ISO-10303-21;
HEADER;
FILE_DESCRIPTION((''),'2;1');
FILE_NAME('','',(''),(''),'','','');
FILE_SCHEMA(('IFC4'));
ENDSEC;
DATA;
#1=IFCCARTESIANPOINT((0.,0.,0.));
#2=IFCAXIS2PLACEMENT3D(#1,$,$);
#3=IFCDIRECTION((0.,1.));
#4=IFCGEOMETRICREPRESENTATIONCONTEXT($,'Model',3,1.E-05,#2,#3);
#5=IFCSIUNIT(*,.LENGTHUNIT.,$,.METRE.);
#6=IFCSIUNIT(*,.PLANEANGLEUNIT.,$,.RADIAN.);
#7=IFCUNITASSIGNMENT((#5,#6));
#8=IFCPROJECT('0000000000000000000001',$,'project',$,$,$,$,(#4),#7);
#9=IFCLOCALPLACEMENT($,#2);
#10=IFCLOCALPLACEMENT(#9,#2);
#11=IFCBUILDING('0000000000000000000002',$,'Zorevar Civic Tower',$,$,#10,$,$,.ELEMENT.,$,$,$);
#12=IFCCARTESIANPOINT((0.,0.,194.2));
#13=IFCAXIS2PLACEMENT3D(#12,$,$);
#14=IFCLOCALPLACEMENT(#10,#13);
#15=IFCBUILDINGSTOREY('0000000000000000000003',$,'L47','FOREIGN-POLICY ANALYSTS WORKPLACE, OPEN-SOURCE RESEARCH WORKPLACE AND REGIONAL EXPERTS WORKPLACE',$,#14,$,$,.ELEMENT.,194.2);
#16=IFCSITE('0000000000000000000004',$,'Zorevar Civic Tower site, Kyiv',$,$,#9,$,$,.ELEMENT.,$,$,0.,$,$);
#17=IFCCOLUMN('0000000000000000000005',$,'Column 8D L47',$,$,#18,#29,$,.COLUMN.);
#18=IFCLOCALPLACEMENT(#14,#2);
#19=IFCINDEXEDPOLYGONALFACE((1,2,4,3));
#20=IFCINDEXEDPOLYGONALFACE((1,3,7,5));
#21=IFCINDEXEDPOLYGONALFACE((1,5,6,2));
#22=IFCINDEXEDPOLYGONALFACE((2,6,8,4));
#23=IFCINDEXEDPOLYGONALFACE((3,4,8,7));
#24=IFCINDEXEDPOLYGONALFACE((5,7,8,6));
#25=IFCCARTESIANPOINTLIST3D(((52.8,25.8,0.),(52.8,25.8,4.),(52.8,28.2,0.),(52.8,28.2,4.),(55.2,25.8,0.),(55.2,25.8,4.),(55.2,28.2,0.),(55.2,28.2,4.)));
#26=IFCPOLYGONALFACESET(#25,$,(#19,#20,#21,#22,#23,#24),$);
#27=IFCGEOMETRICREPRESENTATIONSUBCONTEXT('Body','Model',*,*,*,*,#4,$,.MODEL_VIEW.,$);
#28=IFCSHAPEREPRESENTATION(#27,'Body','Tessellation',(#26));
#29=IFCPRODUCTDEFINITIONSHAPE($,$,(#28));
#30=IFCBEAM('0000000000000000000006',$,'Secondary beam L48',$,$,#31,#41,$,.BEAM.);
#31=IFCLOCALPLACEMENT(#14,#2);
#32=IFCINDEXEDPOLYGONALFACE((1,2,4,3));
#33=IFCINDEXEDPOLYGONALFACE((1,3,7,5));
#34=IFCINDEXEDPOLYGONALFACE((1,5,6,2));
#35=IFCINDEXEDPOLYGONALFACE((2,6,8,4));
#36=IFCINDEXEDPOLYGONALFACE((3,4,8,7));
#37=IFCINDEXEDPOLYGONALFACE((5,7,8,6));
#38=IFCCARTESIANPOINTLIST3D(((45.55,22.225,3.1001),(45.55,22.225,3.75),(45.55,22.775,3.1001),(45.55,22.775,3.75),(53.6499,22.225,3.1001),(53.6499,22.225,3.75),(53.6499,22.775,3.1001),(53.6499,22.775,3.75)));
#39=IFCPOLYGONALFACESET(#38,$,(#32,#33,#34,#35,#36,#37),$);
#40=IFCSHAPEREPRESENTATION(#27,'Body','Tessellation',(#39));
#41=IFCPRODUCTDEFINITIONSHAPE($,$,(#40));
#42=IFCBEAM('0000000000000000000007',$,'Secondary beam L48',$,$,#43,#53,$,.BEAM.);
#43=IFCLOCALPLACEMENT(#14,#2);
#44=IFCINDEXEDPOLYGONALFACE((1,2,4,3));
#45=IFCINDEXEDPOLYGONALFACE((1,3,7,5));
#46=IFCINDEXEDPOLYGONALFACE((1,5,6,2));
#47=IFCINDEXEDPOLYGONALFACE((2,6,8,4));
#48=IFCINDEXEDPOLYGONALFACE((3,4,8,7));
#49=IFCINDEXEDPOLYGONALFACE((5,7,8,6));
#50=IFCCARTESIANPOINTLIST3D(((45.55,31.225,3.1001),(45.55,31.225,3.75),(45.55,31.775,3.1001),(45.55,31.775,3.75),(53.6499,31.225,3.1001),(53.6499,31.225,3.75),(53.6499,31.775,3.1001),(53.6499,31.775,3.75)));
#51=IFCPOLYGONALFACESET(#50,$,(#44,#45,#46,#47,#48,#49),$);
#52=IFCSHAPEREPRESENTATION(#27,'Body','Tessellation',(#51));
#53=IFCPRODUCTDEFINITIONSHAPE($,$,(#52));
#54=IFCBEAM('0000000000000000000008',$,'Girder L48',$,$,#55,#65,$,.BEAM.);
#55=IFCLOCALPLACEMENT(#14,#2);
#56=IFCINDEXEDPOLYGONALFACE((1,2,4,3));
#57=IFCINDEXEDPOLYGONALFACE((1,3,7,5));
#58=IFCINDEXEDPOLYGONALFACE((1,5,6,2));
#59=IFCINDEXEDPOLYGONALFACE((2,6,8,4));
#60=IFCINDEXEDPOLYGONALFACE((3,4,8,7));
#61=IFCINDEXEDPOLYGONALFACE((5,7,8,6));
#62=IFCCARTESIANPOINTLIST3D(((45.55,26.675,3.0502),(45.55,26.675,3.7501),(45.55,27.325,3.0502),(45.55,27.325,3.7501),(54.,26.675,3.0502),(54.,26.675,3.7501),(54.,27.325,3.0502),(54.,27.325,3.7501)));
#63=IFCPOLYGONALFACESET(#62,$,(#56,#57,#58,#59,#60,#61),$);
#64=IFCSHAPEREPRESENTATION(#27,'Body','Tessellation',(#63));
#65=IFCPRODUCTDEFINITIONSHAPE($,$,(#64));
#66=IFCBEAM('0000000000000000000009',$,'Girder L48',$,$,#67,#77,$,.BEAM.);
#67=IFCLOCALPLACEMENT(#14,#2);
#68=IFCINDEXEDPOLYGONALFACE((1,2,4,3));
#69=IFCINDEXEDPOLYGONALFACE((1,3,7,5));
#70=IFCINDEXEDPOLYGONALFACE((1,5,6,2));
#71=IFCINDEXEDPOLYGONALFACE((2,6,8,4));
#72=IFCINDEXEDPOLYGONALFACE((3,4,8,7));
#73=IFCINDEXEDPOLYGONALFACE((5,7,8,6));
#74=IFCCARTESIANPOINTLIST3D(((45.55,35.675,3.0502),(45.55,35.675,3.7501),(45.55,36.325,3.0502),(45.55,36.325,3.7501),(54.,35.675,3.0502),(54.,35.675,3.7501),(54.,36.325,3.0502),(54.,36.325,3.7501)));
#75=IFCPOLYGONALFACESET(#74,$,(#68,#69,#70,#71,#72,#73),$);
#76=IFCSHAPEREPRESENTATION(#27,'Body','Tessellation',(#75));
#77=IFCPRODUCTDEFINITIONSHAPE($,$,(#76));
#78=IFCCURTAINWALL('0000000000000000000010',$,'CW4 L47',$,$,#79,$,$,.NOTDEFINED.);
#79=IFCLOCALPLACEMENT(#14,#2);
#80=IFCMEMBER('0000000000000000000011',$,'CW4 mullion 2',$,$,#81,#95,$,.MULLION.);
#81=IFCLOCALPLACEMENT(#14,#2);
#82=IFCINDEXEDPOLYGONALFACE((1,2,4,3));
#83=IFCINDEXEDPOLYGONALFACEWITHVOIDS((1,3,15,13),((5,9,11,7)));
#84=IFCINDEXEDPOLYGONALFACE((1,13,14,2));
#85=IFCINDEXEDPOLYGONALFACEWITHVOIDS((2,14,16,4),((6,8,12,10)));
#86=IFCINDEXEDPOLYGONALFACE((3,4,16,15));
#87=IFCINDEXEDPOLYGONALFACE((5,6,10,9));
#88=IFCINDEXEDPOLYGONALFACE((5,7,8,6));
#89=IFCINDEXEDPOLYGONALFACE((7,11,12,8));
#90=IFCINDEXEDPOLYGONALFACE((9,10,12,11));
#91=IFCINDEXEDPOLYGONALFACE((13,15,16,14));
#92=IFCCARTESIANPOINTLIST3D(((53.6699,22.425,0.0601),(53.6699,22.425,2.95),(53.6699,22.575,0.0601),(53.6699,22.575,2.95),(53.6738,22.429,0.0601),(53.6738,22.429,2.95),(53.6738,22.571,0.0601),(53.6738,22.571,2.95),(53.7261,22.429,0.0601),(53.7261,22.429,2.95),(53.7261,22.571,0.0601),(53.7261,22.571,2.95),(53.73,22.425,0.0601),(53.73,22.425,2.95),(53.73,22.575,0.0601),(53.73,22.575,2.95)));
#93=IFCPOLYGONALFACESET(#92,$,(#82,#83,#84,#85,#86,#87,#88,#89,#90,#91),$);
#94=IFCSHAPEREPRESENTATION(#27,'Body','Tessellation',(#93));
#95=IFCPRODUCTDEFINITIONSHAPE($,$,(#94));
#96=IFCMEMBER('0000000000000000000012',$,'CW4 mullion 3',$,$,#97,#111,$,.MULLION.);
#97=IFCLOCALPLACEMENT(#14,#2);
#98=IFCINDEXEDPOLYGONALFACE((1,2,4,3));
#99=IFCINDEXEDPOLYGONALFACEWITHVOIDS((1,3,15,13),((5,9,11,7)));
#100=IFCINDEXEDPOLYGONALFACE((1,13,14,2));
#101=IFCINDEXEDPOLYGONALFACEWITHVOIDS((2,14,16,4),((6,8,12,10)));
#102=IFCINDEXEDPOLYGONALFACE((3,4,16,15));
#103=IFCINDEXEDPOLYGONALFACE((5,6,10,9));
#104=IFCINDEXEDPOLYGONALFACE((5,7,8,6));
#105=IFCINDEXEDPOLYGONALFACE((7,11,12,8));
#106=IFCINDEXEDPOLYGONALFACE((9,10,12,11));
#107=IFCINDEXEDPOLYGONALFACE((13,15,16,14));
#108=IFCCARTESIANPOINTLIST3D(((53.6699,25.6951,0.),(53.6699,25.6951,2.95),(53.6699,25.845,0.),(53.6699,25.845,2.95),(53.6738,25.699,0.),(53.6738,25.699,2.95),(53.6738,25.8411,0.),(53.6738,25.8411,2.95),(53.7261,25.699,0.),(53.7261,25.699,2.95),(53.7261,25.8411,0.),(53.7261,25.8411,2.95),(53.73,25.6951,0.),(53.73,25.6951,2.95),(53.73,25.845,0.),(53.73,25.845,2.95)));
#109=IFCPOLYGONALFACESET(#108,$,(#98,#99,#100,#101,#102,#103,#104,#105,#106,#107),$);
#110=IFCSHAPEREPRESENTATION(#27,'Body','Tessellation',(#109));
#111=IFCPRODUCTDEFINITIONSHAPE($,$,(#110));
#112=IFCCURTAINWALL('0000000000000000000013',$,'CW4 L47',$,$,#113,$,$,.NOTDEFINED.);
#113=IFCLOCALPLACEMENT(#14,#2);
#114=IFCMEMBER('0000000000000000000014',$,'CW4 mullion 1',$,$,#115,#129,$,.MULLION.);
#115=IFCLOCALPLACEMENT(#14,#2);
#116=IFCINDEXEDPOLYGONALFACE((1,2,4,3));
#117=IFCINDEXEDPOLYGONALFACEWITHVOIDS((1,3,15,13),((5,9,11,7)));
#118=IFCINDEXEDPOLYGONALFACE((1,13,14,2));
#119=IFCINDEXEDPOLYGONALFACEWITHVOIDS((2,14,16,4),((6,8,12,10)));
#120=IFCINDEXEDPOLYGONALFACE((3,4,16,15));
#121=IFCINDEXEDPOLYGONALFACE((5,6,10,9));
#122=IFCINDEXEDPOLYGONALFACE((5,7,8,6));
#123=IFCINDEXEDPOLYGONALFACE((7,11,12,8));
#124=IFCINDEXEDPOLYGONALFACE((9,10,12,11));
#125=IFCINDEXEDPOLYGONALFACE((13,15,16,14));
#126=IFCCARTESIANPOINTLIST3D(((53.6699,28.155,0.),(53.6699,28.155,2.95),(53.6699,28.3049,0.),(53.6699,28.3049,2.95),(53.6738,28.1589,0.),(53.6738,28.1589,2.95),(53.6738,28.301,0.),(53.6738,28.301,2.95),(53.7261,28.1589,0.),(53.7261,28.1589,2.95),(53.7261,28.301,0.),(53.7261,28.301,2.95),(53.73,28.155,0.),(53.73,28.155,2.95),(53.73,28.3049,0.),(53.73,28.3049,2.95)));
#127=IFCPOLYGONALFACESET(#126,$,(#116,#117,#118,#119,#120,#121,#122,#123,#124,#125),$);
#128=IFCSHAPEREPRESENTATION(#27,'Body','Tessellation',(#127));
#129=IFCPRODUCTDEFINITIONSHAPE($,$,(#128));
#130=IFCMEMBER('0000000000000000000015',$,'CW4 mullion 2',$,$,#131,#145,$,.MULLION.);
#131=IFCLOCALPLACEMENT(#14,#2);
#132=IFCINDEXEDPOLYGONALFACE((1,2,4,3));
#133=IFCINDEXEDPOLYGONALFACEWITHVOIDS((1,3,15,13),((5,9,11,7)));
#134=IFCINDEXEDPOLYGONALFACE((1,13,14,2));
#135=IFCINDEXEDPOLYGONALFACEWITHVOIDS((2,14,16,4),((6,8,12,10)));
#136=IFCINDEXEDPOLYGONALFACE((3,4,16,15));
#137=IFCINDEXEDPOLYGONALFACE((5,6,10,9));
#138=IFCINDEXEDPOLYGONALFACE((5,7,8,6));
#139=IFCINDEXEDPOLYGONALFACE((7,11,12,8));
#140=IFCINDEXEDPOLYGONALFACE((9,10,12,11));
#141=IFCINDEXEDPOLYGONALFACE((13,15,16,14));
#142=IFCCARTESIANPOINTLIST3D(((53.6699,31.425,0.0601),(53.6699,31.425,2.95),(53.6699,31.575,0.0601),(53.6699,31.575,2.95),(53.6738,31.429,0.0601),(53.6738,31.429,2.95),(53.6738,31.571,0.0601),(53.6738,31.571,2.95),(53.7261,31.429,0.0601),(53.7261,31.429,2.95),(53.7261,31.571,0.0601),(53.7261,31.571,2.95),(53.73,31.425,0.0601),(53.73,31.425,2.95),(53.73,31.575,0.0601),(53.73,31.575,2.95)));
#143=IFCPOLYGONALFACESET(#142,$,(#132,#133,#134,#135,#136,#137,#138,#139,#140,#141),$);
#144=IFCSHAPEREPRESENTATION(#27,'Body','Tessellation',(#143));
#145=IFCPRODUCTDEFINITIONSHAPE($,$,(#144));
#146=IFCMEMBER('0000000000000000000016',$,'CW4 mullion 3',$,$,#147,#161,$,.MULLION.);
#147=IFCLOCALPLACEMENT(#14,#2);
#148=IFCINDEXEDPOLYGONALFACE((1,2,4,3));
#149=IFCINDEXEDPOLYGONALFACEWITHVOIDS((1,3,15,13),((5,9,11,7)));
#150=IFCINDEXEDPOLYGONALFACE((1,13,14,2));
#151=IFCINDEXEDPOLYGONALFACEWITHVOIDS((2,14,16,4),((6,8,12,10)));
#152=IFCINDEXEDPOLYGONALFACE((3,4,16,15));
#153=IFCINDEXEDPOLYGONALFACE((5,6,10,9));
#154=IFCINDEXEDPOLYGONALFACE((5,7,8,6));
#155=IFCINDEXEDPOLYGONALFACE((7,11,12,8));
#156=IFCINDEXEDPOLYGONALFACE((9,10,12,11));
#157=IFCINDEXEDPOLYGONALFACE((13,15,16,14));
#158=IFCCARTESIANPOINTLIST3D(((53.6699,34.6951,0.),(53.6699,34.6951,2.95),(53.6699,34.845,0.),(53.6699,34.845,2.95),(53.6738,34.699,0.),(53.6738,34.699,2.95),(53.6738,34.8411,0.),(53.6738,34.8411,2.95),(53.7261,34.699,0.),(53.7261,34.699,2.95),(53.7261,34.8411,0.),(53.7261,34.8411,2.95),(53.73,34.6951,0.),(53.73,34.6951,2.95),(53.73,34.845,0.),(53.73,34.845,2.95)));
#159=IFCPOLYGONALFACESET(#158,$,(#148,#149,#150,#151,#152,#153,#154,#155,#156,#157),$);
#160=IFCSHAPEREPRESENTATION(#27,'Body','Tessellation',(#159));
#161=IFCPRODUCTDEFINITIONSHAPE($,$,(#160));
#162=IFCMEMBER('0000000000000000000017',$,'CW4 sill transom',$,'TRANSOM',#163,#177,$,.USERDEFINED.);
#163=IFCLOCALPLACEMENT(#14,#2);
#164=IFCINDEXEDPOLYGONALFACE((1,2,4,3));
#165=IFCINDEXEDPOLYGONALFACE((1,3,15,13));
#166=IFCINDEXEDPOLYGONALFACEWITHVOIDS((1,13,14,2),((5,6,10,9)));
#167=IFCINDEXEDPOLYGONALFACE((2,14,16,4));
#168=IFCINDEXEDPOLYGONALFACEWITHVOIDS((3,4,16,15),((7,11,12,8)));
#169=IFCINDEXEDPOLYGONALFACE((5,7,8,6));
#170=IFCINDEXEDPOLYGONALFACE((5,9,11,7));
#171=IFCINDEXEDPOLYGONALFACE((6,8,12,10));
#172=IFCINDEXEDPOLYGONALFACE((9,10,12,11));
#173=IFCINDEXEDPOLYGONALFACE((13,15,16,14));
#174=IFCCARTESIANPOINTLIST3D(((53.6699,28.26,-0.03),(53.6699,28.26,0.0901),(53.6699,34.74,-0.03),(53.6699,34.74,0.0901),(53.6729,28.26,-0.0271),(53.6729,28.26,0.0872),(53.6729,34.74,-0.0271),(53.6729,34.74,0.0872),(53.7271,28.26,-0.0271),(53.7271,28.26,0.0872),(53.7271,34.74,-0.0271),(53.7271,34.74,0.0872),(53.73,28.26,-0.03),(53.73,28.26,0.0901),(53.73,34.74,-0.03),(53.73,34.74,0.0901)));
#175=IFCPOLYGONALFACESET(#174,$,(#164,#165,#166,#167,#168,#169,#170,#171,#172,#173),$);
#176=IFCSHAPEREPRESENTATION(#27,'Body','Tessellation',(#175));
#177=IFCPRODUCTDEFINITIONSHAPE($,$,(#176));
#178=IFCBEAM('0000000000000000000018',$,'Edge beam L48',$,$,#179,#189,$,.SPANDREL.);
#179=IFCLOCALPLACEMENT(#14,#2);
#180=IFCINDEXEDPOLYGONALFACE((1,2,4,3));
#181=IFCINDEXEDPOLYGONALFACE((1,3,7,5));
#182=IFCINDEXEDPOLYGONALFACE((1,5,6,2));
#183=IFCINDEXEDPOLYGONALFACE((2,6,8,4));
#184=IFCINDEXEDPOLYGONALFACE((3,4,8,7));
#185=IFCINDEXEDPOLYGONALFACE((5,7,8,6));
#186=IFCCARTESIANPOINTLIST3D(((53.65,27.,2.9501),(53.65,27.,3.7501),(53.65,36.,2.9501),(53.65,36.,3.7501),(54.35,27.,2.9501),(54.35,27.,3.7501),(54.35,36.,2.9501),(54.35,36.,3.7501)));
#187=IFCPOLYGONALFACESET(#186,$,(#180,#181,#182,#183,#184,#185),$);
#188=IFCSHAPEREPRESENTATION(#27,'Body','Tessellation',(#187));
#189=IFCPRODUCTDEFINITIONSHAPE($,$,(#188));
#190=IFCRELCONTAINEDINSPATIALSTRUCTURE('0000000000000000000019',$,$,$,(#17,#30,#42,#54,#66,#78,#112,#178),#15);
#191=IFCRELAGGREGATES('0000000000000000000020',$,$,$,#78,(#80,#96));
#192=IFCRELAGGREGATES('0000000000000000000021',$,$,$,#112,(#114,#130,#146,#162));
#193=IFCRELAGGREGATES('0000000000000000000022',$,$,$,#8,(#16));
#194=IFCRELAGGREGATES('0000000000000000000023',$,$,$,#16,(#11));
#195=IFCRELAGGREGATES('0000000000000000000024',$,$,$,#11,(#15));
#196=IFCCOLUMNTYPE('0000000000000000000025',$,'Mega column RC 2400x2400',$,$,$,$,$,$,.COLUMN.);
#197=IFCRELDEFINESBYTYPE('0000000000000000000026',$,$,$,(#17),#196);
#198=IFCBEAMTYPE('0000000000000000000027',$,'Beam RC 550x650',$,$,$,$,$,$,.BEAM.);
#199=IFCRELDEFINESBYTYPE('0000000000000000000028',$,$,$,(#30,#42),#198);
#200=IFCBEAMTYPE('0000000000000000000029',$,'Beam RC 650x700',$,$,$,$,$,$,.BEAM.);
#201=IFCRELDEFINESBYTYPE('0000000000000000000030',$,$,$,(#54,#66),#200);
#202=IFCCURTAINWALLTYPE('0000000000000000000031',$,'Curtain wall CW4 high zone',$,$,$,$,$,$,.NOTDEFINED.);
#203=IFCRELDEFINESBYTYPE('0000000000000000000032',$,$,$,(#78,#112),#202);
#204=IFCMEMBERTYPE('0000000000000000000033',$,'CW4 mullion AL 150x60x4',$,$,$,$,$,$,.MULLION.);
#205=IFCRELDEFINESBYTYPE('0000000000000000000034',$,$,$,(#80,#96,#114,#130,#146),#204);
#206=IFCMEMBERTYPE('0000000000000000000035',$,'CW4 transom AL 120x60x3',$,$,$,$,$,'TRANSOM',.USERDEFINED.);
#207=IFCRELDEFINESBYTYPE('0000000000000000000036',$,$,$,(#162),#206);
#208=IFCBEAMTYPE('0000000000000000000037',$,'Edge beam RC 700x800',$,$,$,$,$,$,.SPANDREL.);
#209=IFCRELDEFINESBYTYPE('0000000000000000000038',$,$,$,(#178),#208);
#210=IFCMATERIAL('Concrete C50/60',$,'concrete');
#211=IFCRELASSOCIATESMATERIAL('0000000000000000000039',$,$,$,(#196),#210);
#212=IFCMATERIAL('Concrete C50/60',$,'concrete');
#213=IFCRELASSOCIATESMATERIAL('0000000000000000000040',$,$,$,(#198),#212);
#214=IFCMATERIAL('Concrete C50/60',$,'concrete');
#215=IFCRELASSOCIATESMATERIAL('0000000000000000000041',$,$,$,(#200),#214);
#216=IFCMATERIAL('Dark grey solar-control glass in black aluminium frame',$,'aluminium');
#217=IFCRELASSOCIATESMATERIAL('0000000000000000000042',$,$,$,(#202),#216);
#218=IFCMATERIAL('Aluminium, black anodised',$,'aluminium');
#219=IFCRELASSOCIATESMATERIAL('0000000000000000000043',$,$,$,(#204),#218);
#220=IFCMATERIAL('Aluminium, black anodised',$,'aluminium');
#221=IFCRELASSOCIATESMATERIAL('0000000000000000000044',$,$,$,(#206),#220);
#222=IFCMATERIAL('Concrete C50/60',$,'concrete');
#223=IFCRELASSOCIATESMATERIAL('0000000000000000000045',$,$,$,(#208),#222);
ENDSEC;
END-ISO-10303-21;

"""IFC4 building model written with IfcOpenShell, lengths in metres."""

from ifc_helpers import new_model, si_unit, direction, frame, origin, origin_2d, place, context, subcontext, project, spatial, rectangle, hollow_rectangle, extrude, material, material_profile, profile_set, type_object, element, aggregate, save


model = new_model("IFC4")

# Units and contexts
model_context = context("Model", 3, precision=1e-05, world=origin(), true_north=direction((0.0, 1.0)))
body_context = subcontext(model_context, "Body", "Model", "MODEL_VIEW")
ifc_project = project(units=[si_unit("LENGTHUNIT", "METRE"), si_unit("PLANEANGLEUNIT", "RADIAN")], contexts=[model_context])

# Site, building, storey
site_placement = place(None, origin())
site = spatial("IfcSite", under=ifc_project, at=site_placement, Name="Zorevar Civic Tower site, Kyiv", CompositionType="ELEMENT", RefElevation=0.0)
building_placement = place(site_placement, origin())
building = spatial("IfcBuilding", under=site, at=building_placement, Name="Zorevar Civic Tower", CompositionType="ELEMENT")
storey_placement = place(building_placement, frame((0.0, 0.0, 194.2)))
storey = spatial("IfcBuildingStorey", under=building, at=storey_placement, Name="L47", Description="FOREIGN-POLICY ANALYSTS WORKPLACE, OPEN-SOURCE RESEARCH WORKPLACE AND REGIONAL EXPERTS WORKPLACE", CompositionType="ELEMENT", Elevation=194.2)

# Column
ifc_material_1 = material(Name="Concrete C50/60", Category="concrete")
ifc_material_profile_1 = material_profile(ifc_material_1, rectangle(XDim=2.3999, YDim=2.3999, at=origin_2d()), Name="RC 2400x2400")
ifc_profile_set_1 = profile_set([ifc_material_profile_1], Name="Concrete C50/60")
column_type = type_object("IfcColumnType", Name="Mega column RC 2400x2400", PredefinedType="COLUMN", material=ifc_profile_set_1)
column_placement = place(storey_placement, frame((54.0, 27.0, 0.0), z_axis=(0.0, 0.0, 1.0), x_axis=(1.0, 0.0, 0.0)))
element("IfcColumn", 1, at=column_placement, inside=storey, type_object=column_type, Name="Column 8D L47", PredefinedType="COLUMN", context=body_context, shape_type="SweptSolid", body=[
    extrude(rectangle(XDim=2.3999, YDim=2.3999, at=origin_2d()), origin(), (0.0, 0.0, 1.0), 4.0),
])

# Beams
ifc_material_2 = material(Name="Concrete C50/60", Category="concrete")
ifc_material_profile_2 = material_profile(ifc_material_2, rectangle(XDim=0.55, YDim=0.6499, at=origin_2d()), Name="RC 550x650")
ifc_profile_set_2 = profile_set([ifc_material_profile_2], Name="Concrete C50/60")
beam_type_1 = type_object("IfcBeamType", Name="Beam RC 550x650", PredefinedType="BEAM", material=ifc_profile_set_2)
for number, where, z_axis, x_axis, name in (
    (2, (45.55, 22.5, 3.425), (1.0, 0.0, 0.0), (0.0, 1.0, 0.0), "Secondary beam L48"),
    (3, (45.55, 31.5, 3.425), (1.0, 0.0, 0.0), (0.0, 1.0, 0.0), "Secondary beam L48"),
):
    element("IfcBeam", number, at=place(storey_placement, frame(where, z_axis=z_axis, x_axis=x_axis)), inside=storey, type_object=beam_type_1, Name=name, PredefinedType="BEAM", context=body_context, shape_type="SweptSolid", body=[
        extrude(rectangle(XDim=0.55, YDim=0.6499, at=origin_2d()), origin(), (0.0, 0.0, 1.0), 8.0999),
    ])
ifc_material_3 = material(Name="Concrete C50/60", Category="concrete")
ifc_material_profile_3 = material_profile(ifc_material_3, rectangle(XDim=0.6499, YDim=0.7, at=origin_2d()), Name="RC 650x700")
ifc_profile_set_3 = profile_set([ifc_material_profile_3], Name="Concrete C50/60")
beam_type_2 = type_object("IfcBeamType", Name="Beam RC 650x700", PredefinedType="BEAM", material=ifc_profile_set_3)
for number, where, z_axis, x_axis, name in (
    (4, (45.55, 27.0, 3.4001), (1.0, 0.0, 0.0), (0.0, 1.0, 0.0), "Girder L48"),
    (5, (45.55, 36.0, 3.4001), (1.0, 0.0, 0.0), (0.0, 1.0, 0.0), "Girder L48"),
):
    element("IfcBeam", number, at=place(storey_placement, frame(where, z_axis=z_axis, x_axis=x_axis)), inside=storey, type_object=beam_type_2, Name=name, PredefinedType="BEAM", context=body_context, shape_type="SweptSolid", body=[
        extrude(rectangle(XDim=0.6499, YDim=0.7, at=origin_2d()), origin(), (0.0, 0.0, 1.0), 8.45),
    ])

# Curtain walls, members
ifc_material_4 = material(Name="Dark grey solar-control glass in black aluminium frame", Category="aluminium")
curtain_wall_type = type_object("IfcCurtainWallType", Name="Curtain wall CW4 high zone", PredefinedType="NOTDEFINED", material=ifc_material_4)
curtain_wall_1_placement = place(storey_placement, origin())
curtain_wall_1 = element("IfcCurtainWall", 6, at=curtain_wall_1_placement, inside=storey, type_object=curtain_wall_type, Name="CW4 L47", PredefinedType="NOTDEFINED")
ifc_material_5 = material(Name="Aluminium, black anodised", Category="aluminium")
ifc_material_profile_4 = material_profile(ifc_material_5, hollow_rectangle(XDim=0.0601, YDim=0.1499, WallThickness=0.0039, at=origin_2d()), Name="AL 150x60x4")
ifc_profile_set_4 = profile_set([ifc_material_profile_4], Name="Aluminium, black anodised")
member_type_1 = type_object("IfcMemberType", Name="CW4 mullion AL 150x60x4", PredefinedType="MULLION", material=ifc_profile_set_4)
member_1_placement = place(storey_placement, frame((53.7, 22.5, 0.0601), z_axis=(0.0, 0.0, 1.0), x_axis=(-1.0, 0.0, 0.0)))
member_1 = element("IfcMember", 7, at=member_1_placement, type_object=member_type_1, Name="CW4 mullion 2", PredefinedType="MULLION", context=body_context, shape_type="SweptSolid", body=[
    extrude(hollow_rectangle(XDim=0.0601, YDim=0.1499, WallThickness=0.0039, at=origin_2d()), origin(), (0.0, 0.0, 1.0), 2.8899),
])
member_2_placement = place(storey_placement, frame((53.7, 25.77, 0.0), z_axis=(0.0, 0.0, 1.0), x_axis=(-1.0, 0.0, 0.0)))
member_2 = element("IfcMember", 8, at=member_2_placement, type_object=member_type_1, Name="CW4 mullion 3", PredefinedType="MULLION", context=body_context, shape_type="SweptSolid", body=[
    extrude(hollow_rectangle(XDim=0.0601, YDim=0.1499, WallThickness=0.0039, at=origin_2d()), origin(), (0.0, 0.0, 1.0), 2.95),
])
curtain_wall_2_placement = place(storey_placement, origin())
curtain_wall_2 = element("IfcCurtainWall", 9, at=curtain_wall_2_placement, inside=storey, type_object=curtain_wall_type, Name="CW4 L47", PredefinedType="NOTDEFINED")
member_3_placement = place(storey_placement, frame((53.7, 28.23, 0.0), z_axis=(0.0, 0.0, 1.0), x_axis=(-1.0, 0.0, 0.0)))
member_3 = element("IfcMember", 10, at=member_3_placement, type_object=member_type_1, Name="CW4 mullion 1", PredefinedType="MULLION", context=body_context, shape_type="SweptSolid", body=[
    extrude(hollow_rectangle(XDim=0.0601, YDim=0.1499, WallThickness=0.0039, at=origin_2d()), origin(), (0.0, 0.0, 1.0), 2.95),
])
member_4_placement = place(storey_placement, frame((53.7, 31.5, 0.0601), z_axis=(0.0, 0.0, 1.0), x_axis=(-1.0, 0.0, 0.0)))
member_4 = element("IfcMember", 11, at=member_4_placement, type_object=member_type_1, Name="CW4 mullion 2", PredefinedType="MULLION", context=body_context, shape_type="SweptSolid", body=[
    extrude(hollow_rectangle(XDim=0.0601, YDim=0.1499, WallThickness=0.0039, at=origin_2d()), origin(), (0.0, 0.0, 1.0), 2.8899),
])
member_5_placement = place(storey_placement, frame((53.7, 34.77, 0.0), z_axis=(0.0, 0.0, 1.0), x_axis=(-1.0, 0.0, 0.0)))
member_5 = element("IfcMember", 12, at=member_5_placement, type_object=member_type_1, Name="CW4 mullion 3", PredefinedType="MULLION", context=body_context, shape_type="SweptSolid", body=[
    extrude(hollow_rectangle(XDim=0.0601, YDim=0.1499, WallThickness=0.0039, at=origin_2d()), origin(), (0.0, 0.0, 1.0), 2.95),
])
ifc_material_6 = material(Name="Aluminium, black anodised", Category="aluminium")
ifc_material_profile_5 = material_profile(ifc_material_6, hollow_rectangle(XDim=0.0601, YDim=0.1201, WallThickness=0.0029, at=origin_2d()), Name="AL 120x60x3")
ifc_profile_set_5 = profile_set([ifc_material_profile_5], Name="Aluminium, black anodised")
member_type_2 = type_object("IfcMemberType", Name="CW4 transom AL 120x60x3", ElementType="TRANSOM", PredefinedType="USERDEFINED", material=ifc_profile_set_5)
member_6_placement = place(storey_placement, frame((53.7, 28.26, 0.03), z_axis=(0.0, 1.0, 0.0), x_axis=(-1.0, 0.0, 0.0)))
member_6 = element("IfcMember", 13, at=member_6_placement, type_object=member_type_2, Name="CW4 sill transom", ObjectType="TRANSOM", PredefinedType="USERDEFINED", context=body_context, shape_type="SweptSolid", body=[
    extrude(hollow_rectangle(XDim=0.0601, YDim=0.1201, WallThickness=0.0029, at=origin_2d()), origin(), (0.0, 0.0, 1.0), 6.48),
])

# Beam
ifc_material_7 = material(Name="Concrete C50/60", Category="concrete")
ifc_material_profile_6 = material_profile(ifc_material_7, rectangle(XDim=0.7, YDim=0.8, at=origin_2d()), Name="RC 700x800")
ifc_profile_set_6 = profile_set([ifc_material_profile_6], Name="Concrete C50/60")
beam_type_3 = type_object("IfcBeamType", Name="Edge beam RC 700x800", PredefinedType="SPANDREL", material=ifc_profile_set_6)
beam_placement = place(storey_placement, frame((54.0, 27.0, 3.3501), z_axis=(0.0, 1.0, 0.0), x_axis=(-1.0, 0.0, 0.0)))
element("IfcBeam", 14, at=beam_placement, inside=storey, type_object=beam_type_3, Name="Edge beam L48", PredefinedType="SPANDREL", context=body_context, shape_type="SweptSolid", body=[
    extrude(rectangle(XDim=0.7, YDim=0.8, at=origin_2d()), origin(), (0.0, 0.0, 1.0), 9.0),
])

aggregate(curtain_wall_1, [member_1, member_2])
aggregate(curtain_wall_2, [member_3, member_4, member_5, member_6])

save(model, "model.ifc")
